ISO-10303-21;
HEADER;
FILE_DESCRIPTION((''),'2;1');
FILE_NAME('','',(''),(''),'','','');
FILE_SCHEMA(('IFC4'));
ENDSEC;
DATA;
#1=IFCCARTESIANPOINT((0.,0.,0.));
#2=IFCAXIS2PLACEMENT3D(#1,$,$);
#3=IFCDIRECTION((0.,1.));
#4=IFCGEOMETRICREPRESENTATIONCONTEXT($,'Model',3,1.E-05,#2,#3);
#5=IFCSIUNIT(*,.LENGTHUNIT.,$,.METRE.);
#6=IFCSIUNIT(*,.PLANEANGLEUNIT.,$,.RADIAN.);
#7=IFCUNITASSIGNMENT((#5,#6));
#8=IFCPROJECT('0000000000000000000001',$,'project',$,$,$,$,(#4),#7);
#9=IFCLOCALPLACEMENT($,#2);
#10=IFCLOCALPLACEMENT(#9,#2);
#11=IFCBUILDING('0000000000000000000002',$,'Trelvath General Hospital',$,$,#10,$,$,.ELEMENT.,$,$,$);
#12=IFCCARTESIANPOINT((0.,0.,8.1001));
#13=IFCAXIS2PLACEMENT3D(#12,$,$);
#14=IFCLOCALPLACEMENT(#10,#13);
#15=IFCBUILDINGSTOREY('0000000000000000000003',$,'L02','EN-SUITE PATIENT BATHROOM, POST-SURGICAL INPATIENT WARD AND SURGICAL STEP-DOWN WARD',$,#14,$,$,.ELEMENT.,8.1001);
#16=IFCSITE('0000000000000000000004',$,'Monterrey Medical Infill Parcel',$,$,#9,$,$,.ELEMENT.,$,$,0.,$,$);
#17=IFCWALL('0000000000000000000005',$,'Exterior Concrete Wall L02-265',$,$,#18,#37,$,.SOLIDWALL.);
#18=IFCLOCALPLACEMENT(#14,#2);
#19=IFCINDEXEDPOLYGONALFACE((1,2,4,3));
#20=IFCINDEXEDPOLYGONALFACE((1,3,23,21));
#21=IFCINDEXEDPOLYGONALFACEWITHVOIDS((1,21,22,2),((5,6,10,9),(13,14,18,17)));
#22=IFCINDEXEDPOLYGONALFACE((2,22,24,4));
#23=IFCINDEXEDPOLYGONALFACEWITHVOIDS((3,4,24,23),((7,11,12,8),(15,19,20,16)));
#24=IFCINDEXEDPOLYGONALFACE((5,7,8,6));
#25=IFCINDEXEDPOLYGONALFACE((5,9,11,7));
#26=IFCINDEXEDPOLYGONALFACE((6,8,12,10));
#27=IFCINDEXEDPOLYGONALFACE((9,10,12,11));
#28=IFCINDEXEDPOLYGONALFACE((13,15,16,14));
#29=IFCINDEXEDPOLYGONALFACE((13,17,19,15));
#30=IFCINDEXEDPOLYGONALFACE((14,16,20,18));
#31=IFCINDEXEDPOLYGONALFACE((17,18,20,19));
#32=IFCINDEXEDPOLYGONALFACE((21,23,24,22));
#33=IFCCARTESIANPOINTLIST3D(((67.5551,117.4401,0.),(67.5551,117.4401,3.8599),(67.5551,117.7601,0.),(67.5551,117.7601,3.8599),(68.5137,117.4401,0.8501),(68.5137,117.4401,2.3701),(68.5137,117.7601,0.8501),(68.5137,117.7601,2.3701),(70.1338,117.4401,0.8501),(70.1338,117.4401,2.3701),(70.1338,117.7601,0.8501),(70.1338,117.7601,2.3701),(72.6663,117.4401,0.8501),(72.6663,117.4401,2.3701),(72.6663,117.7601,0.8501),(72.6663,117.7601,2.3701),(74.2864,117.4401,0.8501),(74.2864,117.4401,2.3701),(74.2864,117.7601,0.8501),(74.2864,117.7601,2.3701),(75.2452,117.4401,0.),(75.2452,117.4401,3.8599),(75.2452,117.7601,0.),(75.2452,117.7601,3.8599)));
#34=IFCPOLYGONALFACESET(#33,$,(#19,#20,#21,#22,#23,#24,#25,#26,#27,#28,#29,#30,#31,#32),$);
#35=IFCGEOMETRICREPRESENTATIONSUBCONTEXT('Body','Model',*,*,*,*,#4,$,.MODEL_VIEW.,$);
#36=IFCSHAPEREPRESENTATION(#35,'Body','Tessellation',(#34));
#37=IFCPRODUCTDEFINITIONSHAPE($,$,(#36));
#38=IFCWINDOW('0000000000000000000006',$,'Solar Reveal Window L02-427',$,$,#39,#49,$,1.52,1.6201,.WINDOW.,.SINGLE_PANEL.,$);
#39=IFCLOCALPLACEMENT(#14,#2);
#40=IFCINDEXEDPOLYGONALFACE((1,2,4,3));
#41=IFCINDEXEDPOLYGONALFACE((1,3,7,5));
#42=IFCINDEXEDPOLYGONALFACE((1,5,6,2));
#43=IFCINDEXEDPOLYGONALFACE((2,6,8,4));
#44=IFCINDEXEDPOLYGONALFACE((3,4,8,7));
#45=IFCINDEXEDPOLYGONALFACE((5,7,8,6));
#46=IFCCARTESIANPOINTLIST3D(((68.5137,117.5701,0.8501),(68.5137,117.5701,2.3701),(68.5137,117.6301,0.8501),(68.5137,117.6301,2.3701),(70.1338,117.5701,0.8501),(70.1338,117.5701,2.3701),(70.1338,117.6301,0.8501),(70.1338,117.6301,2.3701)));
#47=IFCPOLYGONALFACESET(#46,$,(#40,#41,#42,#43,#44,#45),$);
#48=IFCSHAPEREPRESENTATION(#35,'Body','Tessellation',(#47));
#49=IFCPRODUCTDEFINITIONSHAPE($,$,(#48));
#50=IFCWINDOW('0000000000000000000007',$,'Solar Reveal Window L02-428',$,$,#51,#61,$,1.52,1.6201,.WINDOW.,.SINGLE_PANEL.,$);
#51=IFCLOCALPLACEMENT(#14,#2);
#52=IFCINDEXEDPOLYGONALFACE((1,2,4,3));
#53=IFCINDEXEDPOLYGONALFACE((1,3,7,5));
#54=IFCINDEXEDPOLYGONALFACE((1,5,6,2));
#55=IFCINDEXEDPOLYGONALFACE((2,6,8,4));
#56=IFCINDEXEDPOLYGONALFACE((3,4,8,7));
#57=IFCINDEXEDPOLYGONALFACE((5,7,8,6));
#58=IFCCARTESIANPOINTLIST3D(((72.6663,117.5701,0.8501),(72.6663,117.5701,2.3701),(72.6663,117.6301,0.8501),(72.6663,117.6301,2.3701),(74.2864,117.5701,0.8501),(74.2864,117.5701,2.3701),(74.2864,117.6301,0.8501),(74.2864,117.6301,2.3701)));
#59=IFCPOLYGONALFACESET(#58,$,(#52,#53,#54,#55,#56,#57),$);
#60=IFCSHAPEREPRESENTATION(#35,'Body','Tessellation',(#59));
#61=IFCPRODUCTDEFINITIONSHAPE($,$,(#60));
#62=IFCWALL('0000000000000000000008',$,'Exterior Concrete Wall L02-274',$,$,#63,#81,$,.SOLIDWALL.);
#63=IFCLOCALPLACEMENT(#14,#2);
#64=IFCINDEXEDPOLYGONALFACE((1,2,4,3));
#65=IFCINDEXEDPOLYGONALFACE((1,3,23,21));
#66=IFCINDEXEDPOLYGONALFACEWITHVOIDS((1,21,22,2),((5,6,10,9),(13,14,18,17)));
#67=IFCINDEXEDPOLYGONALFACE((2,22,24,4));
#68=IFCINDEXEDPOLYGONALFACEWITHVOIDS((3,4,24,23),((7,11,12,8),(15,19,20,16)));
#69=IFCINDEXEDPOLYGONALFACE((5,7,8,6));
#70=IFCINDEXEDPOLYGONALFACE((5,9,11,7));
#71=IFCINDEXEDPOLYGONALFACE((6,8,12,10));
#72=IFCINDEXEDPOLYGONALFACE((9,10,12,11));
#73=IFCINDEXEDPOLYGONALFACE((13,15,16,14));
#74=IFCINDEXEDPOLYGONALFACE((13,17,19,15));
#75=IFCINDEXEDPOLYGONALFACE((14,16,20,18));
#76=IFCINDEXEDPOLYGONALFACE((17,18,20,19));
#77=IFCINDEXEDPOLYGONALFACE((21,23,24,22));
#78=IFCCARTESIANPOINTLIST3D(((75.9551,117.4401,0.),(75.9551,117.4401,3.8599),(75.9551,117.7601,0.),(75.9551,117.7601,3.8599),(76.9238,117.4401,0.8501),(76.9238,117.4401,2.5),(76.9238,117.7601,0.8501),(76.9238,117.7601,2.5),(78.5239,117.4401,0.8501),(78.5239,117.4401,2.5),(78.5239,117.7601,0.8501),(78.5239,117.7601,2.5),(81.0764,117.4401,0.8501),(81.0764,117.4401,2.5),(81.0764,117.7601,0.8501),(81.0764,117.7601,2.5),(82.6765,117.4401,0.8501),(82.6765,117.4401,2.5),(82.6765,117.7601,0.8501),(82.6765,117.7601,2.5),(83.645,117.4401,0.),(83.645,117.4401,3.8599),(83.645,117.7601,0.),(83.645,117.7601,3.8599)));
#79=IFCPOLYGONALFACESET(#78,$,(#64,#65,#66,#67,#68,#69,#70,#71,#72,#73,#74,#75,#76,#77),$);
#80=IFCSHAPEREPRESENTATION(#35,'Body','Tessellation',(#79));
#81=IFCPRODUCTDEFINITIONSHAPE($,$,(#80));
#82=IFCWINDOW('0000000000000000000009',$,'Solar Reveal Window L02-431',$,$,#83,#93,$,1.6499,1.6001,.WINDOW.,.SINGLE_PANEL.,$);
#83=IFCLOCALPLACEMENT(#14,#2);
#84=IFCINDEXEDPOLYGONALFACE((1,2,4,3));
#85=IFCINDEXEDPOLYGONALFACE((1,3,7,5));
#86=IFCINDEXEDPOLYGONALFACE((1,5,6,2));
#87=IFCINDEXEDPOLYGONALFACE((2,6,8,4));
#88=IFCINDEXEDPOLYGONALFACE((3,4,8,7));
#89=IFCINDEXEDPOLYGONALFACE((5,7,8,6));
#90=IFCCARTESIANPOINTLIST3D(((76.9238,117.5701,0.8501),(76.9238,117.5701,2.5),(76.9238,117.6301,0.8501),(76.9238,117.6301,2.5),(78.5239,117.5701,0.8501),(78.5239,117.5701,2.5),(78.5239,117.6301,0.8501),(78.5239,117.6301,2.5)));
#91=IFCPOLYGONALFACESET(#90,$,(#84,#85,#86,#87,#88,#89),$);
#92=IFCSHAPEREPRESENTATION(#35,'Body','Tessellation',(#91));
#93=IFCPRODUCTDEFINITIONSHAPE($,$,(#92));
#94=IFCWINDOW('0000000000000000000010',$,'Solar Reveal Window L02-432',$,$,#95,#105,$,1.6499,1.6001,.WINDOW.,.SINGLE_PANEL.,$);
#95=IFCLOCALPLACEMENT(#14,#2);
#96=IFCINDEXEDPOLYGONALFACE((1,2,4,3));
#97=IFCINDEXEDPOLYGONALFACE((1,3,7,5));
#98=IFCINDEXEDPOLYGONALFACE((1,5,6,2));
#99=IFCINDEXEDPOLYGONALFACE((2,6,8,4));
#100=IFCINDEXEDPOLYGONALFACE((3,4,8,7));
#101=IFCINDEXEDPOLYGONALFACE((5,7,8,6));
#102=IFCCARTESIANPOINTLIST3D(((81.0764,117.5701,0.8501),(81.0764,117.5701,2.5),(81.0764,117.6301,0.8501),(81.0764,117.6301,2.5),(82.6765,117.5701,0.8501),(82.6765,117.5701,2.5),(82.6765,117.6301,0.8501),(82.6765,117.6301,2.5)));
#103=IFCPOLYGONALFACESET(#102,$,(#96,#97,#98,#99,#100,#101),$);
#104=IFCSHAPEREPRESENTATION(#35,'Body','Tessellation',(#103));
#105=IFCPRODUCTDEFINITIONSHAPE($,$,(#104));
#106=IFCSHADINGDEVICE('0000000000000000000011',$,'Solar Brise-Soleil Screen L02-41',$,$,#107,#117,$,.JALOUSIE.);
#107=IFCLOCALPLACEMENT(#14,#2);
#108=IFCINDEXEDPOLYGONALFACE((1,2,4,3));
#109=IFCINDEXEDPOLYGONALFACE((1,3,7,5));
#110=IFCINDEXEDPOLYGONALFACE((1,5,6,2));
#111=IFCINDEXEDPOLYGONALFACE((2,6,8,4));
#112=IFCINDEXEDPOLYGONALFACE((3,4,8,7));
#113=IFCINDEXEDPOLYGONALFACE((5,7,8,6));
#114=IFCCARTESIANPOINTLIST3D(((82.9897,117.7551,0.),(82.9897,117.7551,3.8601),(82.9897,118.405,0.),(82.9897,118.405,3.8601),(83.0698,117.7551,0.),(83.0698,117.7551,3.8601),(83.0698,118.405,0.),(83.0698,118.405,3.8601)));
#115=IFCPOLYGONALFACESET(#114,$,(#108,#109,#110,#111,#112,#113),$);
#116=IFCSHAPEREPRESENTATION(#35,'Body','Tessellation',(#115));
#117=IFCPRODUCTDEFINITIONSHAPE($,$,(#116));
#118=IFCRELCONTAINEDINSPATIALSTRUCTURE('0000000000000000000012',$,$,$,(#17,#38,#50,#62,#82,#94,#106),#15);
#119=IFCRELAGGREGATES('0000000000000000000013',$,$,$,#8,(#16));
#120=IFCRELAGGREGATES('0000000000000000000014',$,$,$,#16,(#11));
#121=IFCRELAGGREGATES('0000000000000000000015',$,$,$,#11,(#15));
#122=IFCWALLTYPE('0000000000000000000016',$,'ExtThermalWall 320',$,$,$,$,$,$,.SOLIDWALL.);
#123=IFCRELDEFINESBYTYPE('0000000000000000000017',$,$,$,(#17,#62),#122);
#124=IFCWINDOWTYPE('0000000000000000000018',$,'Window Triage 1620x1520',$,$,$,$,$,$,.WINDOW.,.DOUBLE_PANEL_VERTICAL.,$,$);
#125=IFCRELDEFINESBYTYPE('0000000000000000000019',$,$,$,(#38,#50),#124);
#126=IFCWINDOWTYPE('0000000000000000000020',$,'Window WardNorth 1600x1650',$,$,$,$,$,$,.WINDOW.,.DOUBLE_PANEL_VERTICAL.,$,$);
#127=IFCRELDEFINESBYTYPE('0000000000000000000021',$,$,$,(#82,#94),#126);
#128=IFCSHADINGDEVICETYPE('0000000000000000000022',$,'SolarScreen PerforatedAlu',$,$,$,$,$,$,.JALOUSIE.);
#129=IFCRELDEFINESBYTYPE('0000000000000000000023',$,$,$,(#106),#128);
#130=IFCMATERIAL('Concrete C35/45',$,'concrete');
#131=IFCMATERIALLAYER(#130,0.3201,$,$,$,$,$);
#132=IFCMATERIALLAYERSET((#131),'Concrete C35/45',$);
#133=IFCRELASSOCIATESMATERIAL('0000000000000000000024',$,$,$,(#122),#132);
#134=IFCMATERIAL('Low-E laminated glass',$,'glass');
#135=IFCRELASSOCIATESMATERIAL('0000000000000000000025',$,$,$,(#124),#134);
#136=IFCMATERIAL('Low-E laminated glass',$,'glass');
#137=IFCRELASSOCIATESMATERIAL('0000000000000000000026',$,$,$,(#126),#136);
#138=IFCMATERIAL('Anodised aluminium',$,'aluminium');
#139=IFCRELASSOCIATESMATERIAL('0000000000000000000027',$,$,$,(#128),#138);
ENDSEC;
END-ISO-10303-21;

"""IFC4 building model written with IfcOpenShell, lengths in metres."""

from ifc_helpers import new_model, si_unit, direction, frame, frame_2d, origin, origin_2d, place, context, subcontext, project, spatial, rectangle, extrude, material, layer, layer_set, type_object, element, fill, save


model = new_model("IFC4")

# Units and contexts
model_context = context("Model", 3, precision=1e-05, world=origin(), true_north=direction((0.0, 1.0)))
body_context = subcontext(model_context, "Body", "Model", "MODEL_VIEW")
ifc_project = project(units=[si_unit("LENGTHUNIT", "METRE"), si_unit("PLANEANGLEUNIT", "RADIAN")], contexts=[model_context])

# Site, building, storey
site_placement = place(None, origin())
site = spatial("IfcSite", under=ifc_project, at=site_placement, Name="Monterrey Medical Infill Parcel", CompositionType="ELEMENT", RefElevation=0.0)
building_placement = place(site_placement, origin())
building = spatial("IfcBuilding", under=site, at=building_placement, Name="Trelvath General Hospital", CompositionType="ELEMENT")
storey_placement = place(building_placement, frame((0.0, 0.0, 8.1001)))
storey = spatial("IfcBuildingStorey", under=building, at=storey_placement, Name="L02", Description="EN-SUITE PATIENT BATHROOM, POST-SURGICAL INPATIENT WARD AND SURGICAL STEP-DOWN WARD", CompositionType="ELEMENT", Elevation=8.1001)

# Walls, openings, windows
ifc_material_1 = material(Name="Concrete C35/45", Category="concrete")
ifc_layer_1 = layer(ifc_material_1, 0.3201)
ifc_layer_set_1 = layer_set([ifc_layer_1], Name="Concrete C35/45")
wall_type_1 = type_object("IfcWallType", Name="ExtThermalWall 320", PredefinedType="SOLIDWALL", material=ifc_layer_set_1)
wall_1_placement = place(storey_placement, frame((67.5549, 117.6001, 0.0), z_axis=(0.0, 0.0, 1.0), x_axis=(1.0, 0.0, 0.0)))
wall_1 = element("IfcWall", 1, at=wall_1_placement, inside=storey, type_object=wall_type_1, Name="Exterior Concrete Wall L02-265", PredefinedType="SOLIDWALL", context=body_context, shape_type="SweptSolid", body=[
    extrude(rectangle(XDim=7.6902, YDim=0.3201, at=frame_2d((3.8452, 0.0))), origin(), (0.0, 0.0, 1.0), 3.8599),
])
opening_1_placement = place(wall_1_placement, frame((0.9587, 0.0, 0.8501)))
opening_1 = element("IfcOpeningElement", 2, at=opening_1_placement, cuts=wall_1, PredefinedType="OPENING", context=body_context, shape_type="SweptSolid", body=[
    extrude(rectangle(XDim=1.6201, YDim=1.52, at=frame_2d((0.8101, 0.76))), frame((0.0, 0.1699, 0.0), z_axis=(0.0, -1.0, 0.0), x_axis=(1.0, 0.0, 0.0)), (0.0, 0.0, 1.0), 0.3401),
])
opening_2_placement = place(wall_1_placement, frame((5.1113, 0.0, 0.8501)))
opening_2 = element("IfcOpeningElement", 3, at=opening_2_placement, cuts=wall_1, PredefinedType="OPENING", context=body_context, shape_type="SweptSolid", body=[
    extrude(rectangle(XDim=1.6201, YDim=1.52, at=frame_2d((0.8101, 0.76))), frame((0.0, 0.1699, 0.0), z_axis=(0.0, -1.0, 0.0), x_axis=(1.0, 0.0, 0.0)), (0.0, 0.0, 1.0), 0.3401),
])
ifc_material_2 = material(Name="Low-E laminated glass", Category="glass")
window_type_1 = type_object("IfcWindowType", Name="Window Triage 1620x1520", PartitioningType="DOUBLE_PANEL_VERTICAL", PredefinedType="WINDOW", material=ifc_material_2)
window_1_placement = place(opening_1_placement, origin())
window_1 = element("IfcWindow", 4, at=window_1_placement, inside=storey, type_object=window_type_1, Name="Solar Reveal Window L02-427", OverallHeight=1.52, OverallWidth=1.6201, PartitioningType="SINGLE_PANEL", PredefinedType="WINDOW", context=body_context, shape_type="SweptSolid", body=[
    extrude(rectangle(XDim=1.6201, YDim=1.52, at=frame_2d((0.8101, 0.76))), frame((0.0, 0.03, 0.0), z_axis=(0.0, -1.0, 0.0), x_axis=(1.0, 0.0, 0.0)), (0.0, 0.0, 1.0), 0.0601),
])
fill(opening_1, window_1)
window_2_placement = place(opening_2_placement, origin())
window_2 = element("IfcWindow", 5, at=window_2_placement, inside=storey, type_object=window_type_1, Name="Solar Reveal Window L02-428", OverallHeight=1.52, OverallWidth=1.6201, PartitioningType="SINGLE_PANEL", PredefinedType="WINDOW", context=body_context, shape_type="SweptSolid", body=[
    extrude(rectangle(XDim=1.6201, YDim=1.52, at=frame_2d((0.8101, 0.76))), frame((0.0, 0.03, 0.0), z_axis=(0.0, -1.0, 0.0), x_axis=(1.0, 0.0, 0.0)), (0.0, 0.0, 1.0), 0.0601),
])
fill(opening_2, window_2)
wall_2_placement = place(storey_placement, frame((75.9551, 117.6001, 0.0), z_axis=(0.0, 0.0, 1.0), x_axis=(1.0, 0.0, 0.0)))
wall_2 = element("IfcWall", 6, at=wall_2_placement, inside=storey, type_object=wall_type_1, Name="Exterior Concrete Wall L02-274", PredefinedType="SOLIDWALL", context=body_context, shape_type="SweptSolid", body=[
    extrude(rectangle(XDim=7.6899, YDim=0.3201, at=frame_2d((3.845, 0.0))), origin(), (0.0, 0.0, 1.0), 3.8599),
])
opening_3_placement = place(wall_2_placement, frame((0.9688, 0.0, 0.8501)))
opening_3 = element("IfcOpeningElement", 7, at=opening_3_placement, cuts=wall_2, PredefinedType="OPENING", context=body_context, shape_type="SweptSolid", body=[
    extrude(rectangle(XDim=1.6001, YDim=1.6499, at=frame_2d((0.8, 0.825))), frame((0.0, 0.1699, 0.0), z_axis=(0.0, -1.0, 0.0), x_axis=(1.0, 0.0, 0.0)), (0.0, 0.0, 1.0), 0.3401),
])
opening_4_placement = place(wall_2_placement, frame((5.1213, 0.0, 0.8501)))
opening_4 = element("IfcOpeningElement", 8, at=opening_4_placement, cuts=wall_2, PredefinedType="OPENING", context=body_context, shape_type="SweptSolid", body=[
    extrude(rectangle(XDim=1.6001, YDim=1.6499, at=frame_2d((0.8, 0.825))), frame((0.0, 0.1699, 0.0), z_axis=(0.0, -1.0, 0.0), x_axis=(1.0, 0.0, 0.0)), (0.0, 0.0, 1.0), 0.3401),
])
ifc_material_3 = material(Name="Low-E laminated glass", Category="glass")
window_type_2 = type_object("IfcWindowType", Name="Window WardNorth 1600x1650", PartitioningType="DOUBLE_PANEL_VERTICAL", PredefinedType="WINDOW", material=ifc_material_3)
window_3_placement = place(opening_3_placement, origin())
window_3 = element("IfcWindow", 9, at=window_3_placement, inside=storey, type_object=window_type_2, Name="Solar Reveal Window L02-431", OverallHeight=1.6499, OverallWidth=1.6001, PartitioningType="SINGLE_PANEL", PredefinedType="WINDOW", context=body_context, shape_type="SweptSolid", body=[
    extrude(rectangle(XDim=1.6001, YDim=1.6499, at=frame_2d((0.8, 0.825))), frame((0.0, 0.03, 0.0), z_axis=(0.0, -1.0, 0.0), x_axis=(1.0, 0.0, 0.0)), (0.0, 0.0, 1.0), 0.0601),
])
fill(opening_3, window_3)
window_4_placement = place(opening_4_placement, origin())
window_4 = element("IfcWindow", 10, at=window_4_placement, inside=storey, type_object=window_type_2, Name="Solar Reveal Window L02-432", OverallHeight=1.6499, OverallWidth=1.6001, PartitioningType="SINGLE_PANEL", PredefinedType="WINDOW", context=body_context, shape_type="SweptSolid", body=[
    extrude(rectangle(XDim=1.6001, YDim=1.6499, at=frame_2d((0.8, 0.825))), frame((0.0, 0.03, 0.0), z_axis=(0.0, -1.0, 0.0), x_axis=(1.0, 0.0, 0.0)), (0.0, 0.0, 1.0), 0.0601),
])
fill(opening_4, window_4)

# Shading device
ifc_material_4 = material(Name="Anodised aluminium", Category="aluminium")
shading_device_type = type_object("IfcShadingDeviceType", Name="SolarScreen PerforatedAlu", PredefinedType="JALOUSIE", material=ifc_material_4)
shading_device_placement = place(storey_placement, frame((83.0298, 118.0801, 0.0), z_axis=(0.0, 0.0, 1.0), x_axis=(0.0, 1.0, 0.0)))
element("IfcShadingDevice", 11, at=shading_device_placement, inside=storey, type_object=shading_device_type, Name="Solar Brise-Soleil Screen L02-41", PredefinedType="JALOUSIE", context=body_context, shape_type="SweptSolid", body=[
    extrude(rectangle(XDim=0.6499, YDim=0.0801, at=origin_2d()), origin(), (0.0, 0.0, 1.0), 3.8601),
])

save(model, "model.ifc")
